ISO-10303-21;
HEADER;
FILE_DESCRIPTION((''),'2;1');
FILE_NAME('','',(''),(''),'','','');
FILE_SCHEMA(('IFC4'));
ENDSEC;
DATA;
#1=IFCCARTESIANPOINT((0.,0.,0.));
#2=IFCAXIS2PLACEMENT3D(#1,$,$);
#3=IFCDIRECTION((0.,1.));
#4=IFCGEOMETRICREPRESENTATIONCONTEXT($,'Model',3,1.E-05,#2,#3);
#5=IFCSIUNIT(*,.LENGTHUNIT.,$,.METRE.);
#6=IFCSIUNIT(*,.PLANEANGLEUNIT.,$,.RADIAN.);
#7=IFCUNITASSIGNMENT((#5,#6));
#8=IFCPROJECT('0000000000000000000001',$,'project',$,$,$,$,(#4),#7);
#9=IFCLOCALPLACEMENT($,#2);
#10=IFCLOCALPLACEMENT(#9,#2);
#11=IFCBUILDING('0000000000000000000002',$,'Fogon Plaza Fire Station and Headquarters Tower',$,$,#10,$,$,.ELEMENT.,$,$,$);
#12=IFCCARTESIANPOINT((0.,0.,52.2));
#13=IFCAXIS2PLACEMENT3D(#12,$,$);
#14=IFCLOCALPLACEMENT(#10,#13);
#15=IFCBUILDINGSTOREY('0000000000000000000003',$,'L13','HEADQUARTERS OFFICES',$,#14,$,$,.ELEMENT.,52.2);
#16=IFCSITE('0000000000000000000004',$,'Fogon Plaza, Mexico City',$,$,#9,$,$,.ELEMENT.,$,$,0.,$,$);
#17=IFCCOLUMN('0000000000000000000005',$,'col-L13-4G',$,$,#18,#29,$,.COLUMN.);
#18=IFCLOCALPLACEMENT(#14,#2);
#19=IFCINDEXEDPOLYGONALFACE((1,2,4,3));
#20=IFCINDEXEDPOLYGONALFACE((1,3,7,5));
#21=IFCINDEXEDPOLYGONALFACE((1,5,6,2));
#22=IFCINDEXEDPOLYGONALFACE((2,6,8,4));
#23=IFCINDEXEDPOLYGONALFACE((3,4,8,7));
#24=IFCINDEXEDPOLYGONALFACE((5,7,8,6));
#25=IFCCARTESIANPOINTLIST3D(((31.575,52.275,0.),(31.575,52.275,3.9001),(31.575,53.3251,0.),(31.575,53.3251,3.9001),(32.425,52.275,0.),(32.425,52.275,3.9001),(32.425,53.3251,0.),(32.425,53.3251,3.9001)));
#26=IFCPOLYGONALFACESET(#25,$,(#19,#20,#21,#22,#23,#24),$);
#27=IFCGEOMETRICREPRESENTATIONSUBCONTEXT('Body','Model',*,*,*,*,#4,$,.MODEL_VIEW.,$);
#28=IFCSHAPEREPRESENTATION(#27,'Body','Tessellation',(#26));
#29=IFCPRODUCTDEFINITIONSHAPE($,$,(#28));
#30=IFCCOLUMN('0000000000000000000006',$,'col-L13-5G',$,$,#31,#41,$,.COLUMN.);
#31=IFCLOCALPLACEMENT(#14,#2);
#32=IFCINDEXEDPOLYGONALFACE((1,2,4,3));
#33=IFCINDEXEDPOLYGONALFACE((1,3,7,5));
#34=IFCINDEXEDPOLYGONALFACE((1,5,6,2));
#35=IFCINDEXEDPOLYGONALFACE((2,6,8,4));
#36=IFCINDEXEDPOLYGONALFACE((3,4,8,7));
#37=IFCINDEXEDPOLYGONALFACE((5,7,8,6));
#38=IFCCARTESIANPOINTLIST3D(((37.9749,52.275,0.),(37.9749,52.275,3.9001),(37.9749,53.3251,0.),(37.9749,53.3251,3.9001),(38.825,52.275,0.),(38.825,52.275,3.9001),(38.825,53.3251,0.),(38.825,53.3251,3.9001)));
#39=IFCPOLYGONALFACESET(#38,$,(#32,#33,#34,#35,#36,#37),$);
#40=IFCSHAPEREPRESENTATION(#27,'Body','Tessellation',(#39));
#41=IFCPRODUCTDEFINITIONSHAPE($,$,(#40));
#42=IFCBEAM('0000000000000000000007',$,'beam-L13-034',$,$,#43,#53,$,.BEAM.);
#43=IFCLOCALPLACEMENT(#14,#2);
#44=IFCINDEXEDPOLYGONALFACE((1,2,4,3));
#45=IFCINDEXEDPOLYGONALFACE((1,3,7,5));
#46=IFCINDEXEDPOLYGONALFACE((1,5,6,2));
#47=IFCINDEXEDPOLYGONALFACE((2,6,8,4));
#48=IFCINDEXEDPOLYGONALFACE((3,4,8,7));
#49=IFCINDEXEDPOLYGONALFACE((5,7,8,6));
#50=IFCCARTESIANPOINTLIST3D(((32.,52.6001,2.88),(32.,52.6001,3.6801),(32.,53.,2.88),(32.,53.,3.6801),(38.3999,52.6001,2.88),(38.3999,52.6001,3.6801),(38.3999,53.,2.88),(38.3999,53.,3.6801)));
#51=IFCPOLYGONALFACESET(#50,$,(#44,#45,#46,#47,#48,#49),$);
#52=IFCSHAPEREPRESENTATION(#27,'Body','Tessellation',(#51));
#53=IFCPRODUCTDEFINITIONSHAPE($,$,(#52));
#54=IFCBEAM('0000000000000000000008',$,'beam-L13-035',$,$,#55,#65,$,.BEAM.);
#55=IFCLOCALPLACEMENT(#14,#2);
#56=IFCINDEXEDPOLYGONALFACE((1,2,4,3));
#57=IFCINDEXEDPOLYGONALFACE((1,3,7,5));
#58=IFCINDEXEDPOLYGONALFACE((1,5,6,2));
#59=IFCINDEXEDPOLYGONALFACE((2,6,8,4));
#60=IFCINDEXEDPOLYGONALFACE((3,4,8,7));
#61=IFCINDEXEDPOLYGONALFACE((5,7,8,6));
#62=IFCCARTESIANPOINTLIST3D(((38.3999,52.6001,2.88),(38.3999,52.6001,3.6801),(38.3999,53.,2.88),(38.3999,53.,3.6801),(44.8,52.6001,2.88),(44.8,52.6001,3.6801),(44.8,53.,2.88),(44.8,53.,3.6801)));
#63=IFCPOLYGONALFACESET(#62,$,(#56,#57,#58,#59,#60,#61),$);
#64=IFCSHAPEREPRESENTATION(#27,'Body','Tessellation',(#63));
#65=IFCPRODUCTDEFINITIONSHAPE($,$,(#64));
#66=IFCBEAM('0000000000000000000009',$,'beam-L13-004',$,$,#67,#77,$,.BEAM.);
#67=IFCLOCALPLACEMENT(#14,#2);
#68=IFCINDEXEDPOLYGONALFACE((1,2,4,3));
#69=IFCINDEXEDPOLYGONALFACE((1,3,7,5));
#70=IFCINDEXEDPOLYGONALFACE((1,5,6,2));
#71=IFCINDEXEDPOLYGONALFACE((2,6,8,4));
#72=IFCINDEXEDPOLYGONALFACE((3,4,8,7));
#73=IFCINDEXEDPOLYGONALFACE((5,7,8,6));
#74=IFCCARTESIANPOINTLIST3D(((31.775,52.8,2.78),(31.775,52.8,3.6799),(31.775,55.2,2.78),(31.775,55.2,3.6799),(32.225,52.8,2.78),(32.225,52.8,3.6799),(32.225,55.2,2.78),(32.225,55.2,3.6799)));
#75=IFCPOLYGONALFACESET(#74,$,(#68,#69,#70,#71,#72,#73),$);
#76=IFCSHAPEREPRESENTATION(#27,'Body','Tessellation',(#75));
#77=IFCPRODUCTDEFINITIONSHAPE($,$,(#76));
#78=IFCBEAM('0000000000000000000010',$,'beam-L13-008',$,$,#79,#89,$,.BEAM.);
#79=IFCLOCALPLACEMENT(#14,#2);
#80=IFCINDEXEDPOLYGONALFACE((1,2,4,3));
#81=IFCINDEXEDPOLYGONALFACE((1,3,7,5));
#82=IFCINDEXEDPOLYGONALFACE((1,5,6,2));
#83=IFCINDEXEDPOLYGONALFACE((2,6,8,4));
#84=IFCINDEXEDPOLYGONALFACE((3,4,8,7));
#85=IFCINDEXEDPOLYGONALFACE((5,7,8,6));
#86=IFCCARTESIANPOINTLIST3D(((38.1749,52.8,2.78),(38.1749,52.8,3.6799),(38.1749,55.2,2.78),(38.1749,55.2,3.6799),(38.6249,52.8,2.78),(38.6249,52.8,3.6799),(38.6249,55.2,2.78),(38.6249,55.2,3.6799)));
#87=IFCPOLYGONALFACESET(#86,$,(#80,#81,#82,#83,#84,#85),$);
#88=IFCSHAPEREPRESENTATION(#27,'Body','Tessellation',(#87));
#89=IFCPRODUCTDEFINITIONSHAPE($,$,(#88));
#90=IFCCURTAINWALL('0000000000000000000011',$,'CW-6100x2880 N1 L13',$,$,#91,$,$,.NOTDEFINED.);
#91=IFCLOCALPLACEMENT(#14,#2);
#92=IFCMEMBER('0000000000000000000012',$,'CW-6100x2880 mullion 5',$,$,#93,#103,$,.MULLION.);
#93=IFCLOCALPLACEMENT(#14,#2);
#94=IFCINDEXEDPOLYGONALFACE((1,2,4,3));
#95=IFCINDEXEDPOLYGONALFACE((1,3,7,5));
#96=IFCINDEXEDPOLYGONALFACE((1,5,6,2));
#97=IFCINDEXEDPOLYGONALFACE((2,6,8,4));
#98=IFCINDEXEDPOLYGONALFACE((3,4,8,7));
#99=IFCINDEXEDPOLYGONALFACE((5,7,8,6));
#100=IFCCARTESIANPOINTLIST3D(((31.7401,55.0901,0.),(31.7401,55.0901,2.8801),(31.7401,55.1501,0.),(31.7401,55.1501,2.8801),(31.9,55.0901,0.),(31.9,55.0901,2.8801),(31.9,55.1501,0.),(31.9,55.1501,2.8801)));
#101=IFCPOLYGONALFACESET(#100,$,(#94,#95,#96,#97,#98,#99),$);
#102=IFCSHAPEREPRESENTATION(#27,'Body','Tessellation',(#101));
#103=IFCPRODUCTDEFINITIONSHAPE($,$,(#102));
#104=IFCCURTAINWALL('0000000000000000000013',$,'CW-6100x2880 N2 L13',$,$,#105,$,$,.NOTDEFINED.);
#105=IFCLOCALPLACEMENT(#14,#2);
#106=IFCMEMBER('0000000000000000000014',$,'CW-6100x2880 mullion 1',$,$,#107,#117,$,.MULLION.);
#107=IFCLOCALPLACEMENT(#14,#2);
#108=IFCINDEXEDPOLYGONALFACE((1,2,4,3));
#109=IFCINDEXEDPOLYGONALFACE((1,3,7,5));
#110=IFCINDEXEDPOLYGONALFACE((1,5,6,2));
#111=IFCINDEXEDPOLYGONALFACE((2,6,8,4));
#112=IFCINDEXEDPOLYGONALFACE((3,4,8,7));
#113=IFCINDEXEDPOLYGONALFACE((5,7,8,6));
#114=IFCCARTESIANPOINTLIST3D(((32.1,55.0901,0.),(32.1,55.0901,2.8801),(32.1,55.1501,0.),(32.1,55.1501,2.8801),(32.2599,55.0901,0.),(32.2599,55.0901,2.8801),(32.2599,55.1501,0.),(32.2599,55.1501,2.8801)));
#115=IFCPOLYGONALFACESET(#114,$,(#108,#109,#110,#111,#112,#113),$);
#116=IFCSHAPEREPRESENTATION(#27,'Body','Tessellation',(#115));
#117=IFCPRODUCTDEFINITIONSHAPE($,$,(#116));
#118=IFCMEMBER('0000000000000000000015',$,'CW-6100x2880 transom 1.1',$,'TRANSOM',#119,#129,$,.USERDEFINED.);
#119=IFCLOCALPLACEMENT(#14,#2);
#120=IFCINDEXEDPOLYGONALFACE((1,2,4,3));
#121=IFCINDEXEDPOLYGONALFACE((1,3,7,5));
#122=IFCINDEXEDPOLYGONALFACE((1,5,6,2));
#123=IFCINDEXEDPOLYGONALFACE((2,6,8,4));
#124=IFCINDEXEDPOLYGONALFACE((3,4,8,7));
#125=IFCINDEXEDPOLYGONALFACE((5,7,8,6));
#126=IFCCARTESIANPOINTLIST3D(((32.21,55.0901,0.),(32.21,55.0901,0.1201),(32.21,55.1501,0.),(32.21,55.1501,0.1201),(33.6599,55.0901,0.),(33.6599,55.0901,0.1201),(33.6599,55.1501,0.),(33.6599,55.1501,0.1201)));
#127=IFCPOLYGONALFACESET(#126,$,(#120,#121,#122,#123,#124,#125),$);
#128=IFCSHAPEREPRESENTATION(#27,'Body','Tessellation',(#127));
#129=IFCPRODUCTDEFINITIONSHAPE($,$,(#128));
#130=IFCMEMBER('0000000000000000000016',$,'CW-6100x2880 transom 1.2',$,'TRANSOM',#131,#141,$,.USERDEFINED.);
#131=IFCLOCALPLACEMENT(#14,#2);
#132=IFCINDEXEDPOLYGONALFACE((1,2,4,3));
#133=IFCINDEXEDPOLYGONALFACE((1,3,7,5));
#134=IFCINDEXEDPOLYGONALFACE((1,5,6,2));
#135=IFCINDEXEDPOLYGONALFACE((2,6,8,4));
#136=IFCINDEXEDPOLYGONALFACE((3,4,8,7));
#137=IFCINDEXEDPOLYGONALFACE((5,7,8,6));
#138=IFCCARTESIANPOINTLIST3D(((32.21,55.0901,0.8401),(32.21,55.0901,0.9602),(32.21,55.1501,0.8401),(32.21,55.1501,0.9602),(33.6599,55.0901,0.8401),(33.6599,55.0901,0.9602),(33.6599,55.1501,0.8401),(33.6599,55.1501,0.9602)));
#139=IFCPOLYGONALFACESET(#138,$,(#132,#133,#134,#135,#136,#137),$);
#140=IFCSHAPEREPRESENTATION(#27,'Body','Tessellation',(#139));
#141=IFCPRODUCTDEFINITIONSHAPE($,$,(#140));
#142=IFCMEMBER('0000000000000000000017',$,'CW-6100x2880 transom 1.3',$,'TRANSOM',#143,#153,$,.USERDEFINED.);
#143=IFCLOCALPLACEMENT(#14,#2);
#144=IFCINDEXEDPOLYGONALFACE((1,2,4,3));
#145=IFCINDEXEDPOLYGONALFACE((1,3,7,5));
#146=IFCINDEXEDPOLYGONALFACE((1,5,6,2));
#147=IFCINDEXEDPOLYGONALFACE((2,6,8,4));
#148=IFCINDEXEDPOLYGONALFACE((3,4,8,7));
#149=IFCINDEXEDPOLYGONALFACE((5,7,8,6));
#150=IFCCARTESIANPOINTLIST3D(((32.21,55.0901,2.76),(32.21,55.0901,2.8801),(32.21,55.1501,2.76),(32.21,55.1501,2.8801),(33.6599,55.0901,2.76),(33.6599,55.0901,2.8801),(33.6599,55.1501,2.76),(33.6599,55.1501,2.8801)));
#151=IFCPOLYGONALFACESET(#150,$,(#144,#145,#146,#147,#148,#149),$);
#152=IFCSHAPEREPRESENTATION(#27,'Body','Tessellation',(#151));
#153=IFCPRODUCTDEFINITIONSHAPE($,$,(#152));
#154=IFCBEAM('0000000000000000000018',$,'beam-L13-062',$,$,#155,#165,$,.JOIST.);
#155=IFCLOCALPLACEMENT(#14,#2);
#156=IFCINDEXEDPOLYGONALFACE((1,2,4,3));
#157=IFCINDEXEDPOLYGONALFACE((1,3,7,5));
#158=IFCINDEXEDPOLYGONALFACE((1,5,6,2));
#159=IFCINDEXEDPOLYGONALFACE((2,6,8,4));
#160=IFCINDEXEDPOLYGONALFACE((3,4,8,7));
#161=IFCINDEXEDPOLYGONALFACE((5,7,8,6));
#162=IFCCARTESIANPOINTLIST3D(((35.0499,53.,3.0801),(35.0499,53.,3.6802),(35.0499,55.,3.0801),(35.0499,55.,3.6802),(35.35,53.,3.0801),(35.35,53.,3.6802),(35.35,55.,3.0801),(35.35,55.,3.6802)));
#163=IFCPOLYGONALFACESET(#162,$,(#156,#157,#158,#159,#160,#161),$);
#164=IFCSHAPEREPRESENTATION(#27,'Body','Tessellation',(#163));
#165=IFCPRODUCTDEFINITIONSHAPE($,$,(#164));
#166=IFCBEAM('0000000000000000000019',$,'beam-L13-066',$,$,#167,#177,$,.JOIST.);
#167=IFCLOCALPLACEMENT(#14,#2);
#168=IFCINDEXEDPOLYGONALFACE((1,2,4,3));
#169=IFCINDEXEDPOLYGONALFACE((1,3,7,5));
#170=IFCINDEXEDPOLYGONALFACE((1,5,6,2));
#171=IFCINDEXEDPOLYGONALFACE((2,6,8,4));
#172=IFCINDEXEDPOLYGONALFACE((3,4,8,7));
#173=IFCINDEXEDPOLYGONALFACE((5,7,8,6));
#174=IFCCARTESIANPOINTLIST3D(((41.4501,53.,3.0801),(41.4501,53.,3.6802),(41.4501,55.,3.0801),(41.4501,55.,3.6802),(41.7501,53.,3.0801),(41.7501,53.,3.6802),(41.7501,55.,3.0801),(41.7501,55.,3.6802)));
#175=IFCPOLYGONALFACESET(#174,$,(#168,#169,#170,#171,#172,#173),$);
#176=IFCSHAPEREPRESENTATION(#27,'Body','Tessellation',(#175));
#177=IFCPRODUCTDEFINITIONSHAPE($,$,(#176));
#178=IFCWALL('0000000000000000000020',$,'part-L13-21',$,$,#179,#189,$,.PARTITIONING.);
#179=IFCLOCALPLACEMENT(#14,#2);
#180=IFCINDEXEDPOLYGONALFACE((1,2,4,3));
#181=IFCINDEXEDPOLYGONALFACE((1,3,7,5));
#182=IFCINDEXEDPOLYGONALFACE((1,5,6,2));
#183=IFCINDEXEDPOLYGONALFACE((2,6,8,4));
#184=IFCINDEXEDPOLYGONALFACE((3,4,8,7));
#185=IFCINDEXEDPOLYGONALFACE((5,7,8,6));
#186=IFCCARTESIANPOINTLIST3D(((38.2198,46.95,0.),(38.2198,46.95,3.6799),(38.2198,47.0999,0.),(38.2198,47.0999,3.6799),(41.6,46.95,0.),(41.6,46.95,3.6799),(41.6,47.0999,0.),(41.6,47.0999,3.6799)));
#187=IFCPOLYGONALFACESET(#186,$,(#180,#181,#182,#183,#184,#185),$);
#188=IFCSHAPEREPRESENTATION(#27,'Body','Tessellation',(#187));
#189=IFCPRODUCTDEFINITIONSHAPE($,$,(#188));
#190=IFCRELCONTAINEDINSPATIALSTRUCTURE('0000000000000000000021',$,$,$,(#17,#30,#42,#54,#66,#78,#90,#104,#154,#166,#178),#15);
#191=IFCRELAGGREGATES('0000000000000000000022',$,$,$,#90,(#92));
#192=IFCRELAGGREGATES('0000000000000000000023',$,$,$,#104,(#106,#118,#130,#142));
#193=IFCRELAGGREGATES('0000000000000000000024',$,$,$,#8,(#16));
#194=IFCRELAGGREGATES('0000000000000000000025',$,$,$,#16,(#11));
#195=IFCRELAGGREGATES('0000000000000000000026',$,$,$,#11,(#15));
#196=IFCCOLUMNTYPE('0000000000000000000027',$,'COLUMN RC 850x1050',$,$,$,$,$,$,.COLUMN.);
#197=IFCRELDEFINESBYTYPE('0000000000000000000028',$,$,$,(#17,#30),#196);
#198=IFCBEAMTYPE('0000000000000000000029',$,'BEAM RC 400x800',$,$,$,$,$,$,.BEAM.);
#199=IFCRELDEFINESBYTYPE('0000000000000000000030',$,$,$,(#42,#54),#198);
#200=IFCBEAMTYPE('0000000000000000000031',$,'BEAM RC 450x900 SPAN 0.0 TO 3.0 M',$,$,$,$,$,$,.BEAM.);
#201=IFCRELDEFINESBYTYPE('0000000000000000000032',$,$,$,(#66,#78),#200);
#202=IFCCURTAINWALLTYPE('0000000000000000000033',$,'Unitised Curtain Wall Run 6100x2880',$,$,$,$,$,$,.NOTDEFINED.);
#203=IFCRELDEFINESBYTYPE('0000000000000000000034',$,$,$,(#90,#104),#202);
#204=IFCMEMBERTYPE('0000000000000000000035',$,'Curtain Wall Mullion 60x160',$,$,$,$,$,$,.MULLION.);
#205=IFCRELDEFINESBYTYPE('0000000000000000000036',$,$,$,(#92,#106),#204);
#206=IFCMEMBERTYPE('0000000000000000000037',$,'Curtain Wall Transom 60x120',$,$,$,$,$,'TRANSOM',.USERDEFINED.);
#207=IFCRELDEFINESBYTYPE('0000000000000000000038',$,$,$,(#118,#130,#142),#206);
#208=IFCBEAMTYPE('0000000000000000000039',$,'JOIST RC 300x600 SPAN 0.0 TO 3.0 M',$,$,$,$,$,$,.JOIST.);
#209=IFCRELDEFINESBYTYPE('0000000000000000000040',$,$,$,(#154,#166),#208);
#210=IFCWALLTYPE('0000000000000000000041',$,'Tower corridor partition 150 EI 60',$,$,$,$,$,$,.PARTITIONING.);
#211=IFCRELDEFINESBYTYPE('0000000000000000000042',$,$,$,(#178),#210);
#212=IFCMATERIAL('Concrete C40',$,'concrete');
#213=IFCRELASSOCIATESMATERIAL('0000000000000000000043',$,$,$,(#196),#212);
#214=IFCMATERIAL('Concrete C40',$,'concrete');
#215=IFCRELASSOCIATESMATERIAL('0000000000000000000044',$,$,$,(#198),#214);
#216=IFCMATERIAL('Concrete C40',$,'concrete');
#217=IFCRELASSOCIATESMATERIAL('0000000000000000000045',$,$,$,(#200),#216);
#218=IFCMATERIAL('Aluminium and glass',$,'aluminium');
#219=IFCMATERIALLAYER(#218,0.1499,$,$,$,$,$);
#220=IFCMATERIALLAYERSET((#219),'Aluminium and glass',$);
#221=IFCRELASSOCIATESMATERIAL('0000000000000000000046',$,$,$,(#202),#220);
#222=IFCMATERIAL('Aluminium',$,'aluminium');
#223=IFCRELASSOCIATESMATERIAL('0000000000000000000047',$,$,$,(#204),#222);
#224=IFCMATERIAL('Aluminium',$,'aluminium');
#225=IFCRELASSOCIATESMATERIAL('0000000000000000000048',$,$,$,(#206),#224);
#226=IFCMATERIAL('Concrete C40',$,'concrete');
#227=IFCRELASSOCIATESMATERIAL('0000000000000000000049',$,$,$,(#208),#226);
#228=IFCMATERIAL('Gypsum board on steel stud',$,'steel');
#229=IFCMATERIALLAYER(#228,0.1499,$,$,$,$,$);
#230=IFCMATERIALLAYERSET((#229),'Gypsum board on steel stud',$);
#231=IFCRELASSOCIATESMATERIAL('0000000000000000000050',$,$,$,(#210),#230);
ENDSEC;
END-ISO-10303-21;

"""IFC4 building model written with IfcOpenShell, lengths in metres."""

from ifc_helpers import new_model, si_unit, direction, frame, frame_2d, origin, origin_2d, place, context, subcontext, project, spatial, rectangle, extrude, material, layer, layer_set, material_profile, profile_set, type_object, element, aggregate, save


model = new_model("IFC4")

# Units and contexts
model_context = context("Model", 3, precision=1e-05, world=origin(), true_north=direction((0.0, 1.0)))
body_context = subcontext(model_context, "Body", "Model", "MODEL_VIEW")
ifc_project = project(units=[si_unit("LENGTHUNIT", "METRE"), si_unit("PLANEANGLEUNIT", "RADIAN")], contexts=[model_context])

# Site, building, storey
site_placement = place(None, origin())
site = spatial("IfcSite", under=ifc_project, at=site_placement, Name="Fogon Plaza, Mexico City", CompositionType="ELEMENT", RefElevation=0.0)
building_placement = place(site_placement, origin())
building = spatial("IfcBuilding", under=site, at=building_placement, Name="Fogon Plaza Fire Station and Headquarters Tower", CompositionType="ELEMENT")
storey_placement = place(building_placement, frame((0.0, 0.0, 52.2)))
storey = spatial("IfcBuildingStorey", under=building, at=storey_placement, Name="L13", Description="HEADQUARTERS OFFICES", CompositionType="ELEMENT", Elevation=52.2)

# Columns
ifc_material_1 = material(Name="Concrete C40", Category="concrete")
ifc_material_profile_1 = material_profile(ifc_material_1, rectangle(XDim=0.8501, YDim=1.05, at=origin_2d()), Name="RC 850x1050")
ifc_profile_set_1 = profile_set([ifc_material_profile_1], Name="Concrete C40")
column_type = type_object("IfcColumnType", Name="COLUMN RC 850x1050", PredefinedType="COLUMN", material=ifc_profile_set_1)
for number, where, z_axis, x_axis, name in (
    (1, (32.0, 52.8, 0.0), (0.0, 0.0, 1.0), (1.0, 0.0, 0.0), "col-L13-4G"),
    (2, (38.3999, 52.8, 0.0), (0.0, 0.0, 1.0), (1.0, 0.0, 0.0), "col-L13-5G"),
):
    element("IfcColumn", number, at=place(storey_placement, frame(where, z_axis=z_axis, x_axis=x_axis)), inside=storey, type_object=column_type, Name=name, PredefinedType="COLUMN", context=body_context, shape_type="SweptSolid", body=[
        extrude(rectangle(XDim=0.8501, YDim=1.05, at=origin_2d()), origin(), (0.0, 0.0, 1.0), 3.9001),
    ])

# Beams
ifc_material_2 = material(Name="Concrete C40", Category="concrete")
ifc_material_profile_2 = material_profile(ifc_material_2, rectangle(XDim=0.3999, YDim=0.8, at=origin_2d()), Name="RC 400x800")
ifc_profile_set_2 = profile_set([ifc_material_profile_2], Name="Concrete C40")
beam_type_1 = type_object("IfcBeamType", Name="BEAM RC 400x800", PredefinedType="BEAM", material=ifc_profile_set_2)
beam_1_placement = place(storey_placement, frame((32.0, 52.8, 3.28), z_axis=(1.0, 0.0, 0.0), x_axis=(0.0, 1.0, 0.0)))
element("IfcBeam", 3, at=beam_1_placement, inside=storey, type_object=beam_type_1, Name="beam-L13-034", PredefinedType="BEAM", context=body_context, shape_type="SweptSolid", body=[
    extrude(rectangle(XDim=0.3999, YDim=0.8, at=origin_2d()), origin(), (0.0, 0.0, 1.0), 6.3999),
])
beam_2_placement = place(storey_placement, frame((38.3999, 52.8, 3.28), z_axis=(1.0, 0.0, 0.0), x_axis=(0.0, 1.0, 0.0)))
element("IfcBeam", 4, at=beam_2_placement, inside=storey, type_object=beam_type_1, Name="beam-L13-035", PredefinedType="BEAM", context=body_context, shape_type="SweptSolid", body=[
    extrude(rectangle(XDim=0.3999, YDim=0.8, at=origin_2d()), origin(), (0.0, 0.0, 1.0), 6.4001),
])
ifc_material_3 = material(Name="Concrete C40", Category="concrete")
ifc_material_profile_3 = material_profile(ifc_material_3, rectangle(XDim=0.45, YDim=0.8999, at=origin_2d()), Name="RC 450x900")
ifc_profile_set_3 = profile_set([ifc_material_profile_3], Name="Concrete C40")
beam_type_2 = type_object("IfcBeamType", Name="BEAM RC 450x900 SPAN 0.0 TO 3.0 M", PredefinedType="BEAM", material=ifc_profile_set_3)
for number, where, z_axis, x_axis, name in (
    (5, (32.0, 52.8, 3.23), (0.0, 1.0, 0.0), (-1.0, 0.0, 0.0), "beam-L13-004"),
    (6, (38.3999, 52.8, 3.23), (0.0, 1.0, 0.0), (-1.0, 0.0, 0.0), "beam-L13-008"),
):
    element("IfcBeam", number, at=place(storey_placement, frame(where, z_axis=z_axis, x_axis=x_axis)), inside=storey, type_object=beam_type_2, Name=name, PredefinedType="BEAM", context=body_context, shape_type="SweptSolid", body=[
        extrude(rectangle(XDim=0.45, YDim=0.8999, at=origin_2d()), origin(), (0.0, 0.0, 1.0), 2.3999),
    ])

# Curtain wall, member
ifc_material_4 = material(Name="Aluminium and glass", Category="aluminium")
ifc_layer_1 = layer(ifc_material_4, 0.1499)
ifc_layer_set_1 = layer_set([ifc_layer_1], Name="Aluminium and glass")
curtain_wall_type = type_object("IfcCurtainWallType", Name="Unitised Curtain Wall Run 6100x2880", PredefinedType="NOTDEFINED", material=ifc_layer_set_1)
curtain_wall_1_placement = place(storey_placement, origin())
curtain_wall_1 = element("IfcCurtainWall", 7, at=curtain_wall_1_placement, inside=storey, type_object=curtain_wall_type, Name="CW-6100x2880 N1 L13", PredefinedType="NOTDEFINED")
ifc_material_5 = material(Name="Aluminium", Category="aluminium")
ifc_material_profile_4 = material_profile(ifc_material_5, rectangle(XDim=0.0601, YDim=0.1599, at=origin_2d()), Name="Curtain Wall Mullion 60x160")
ifc_profile_set_4 = profile_set([ifc_material_profile_4], Name="Aluminium")
member_type_1 = type_object("IfcMemberType", Name="Curtain Wall Mullion 60x160", PredefinedType="MULLION", material=ifc_profile_set_4)
member_1_placement = place(storey_placement, frame((31.8201, 55.1201, 0.0), z_axis=(0.0, 0.0, 1.0), x_axis=(0.0, 1.0, 0.0)))
member_1 = element("IfcMember", 8, at=member_1_placement, type_object=member_type_1, Name="CW-6100x2880 mullion 5", PredefinedType="MULLION", context=body_context, shape_type="SweptSolid", body=[
    extrude(rectangle(XDim=0.0601, YDim=0.1599, at=origin_2d()), origin(), (0.0, 0.0, 1.0), 2.8801),
])
aggregate(curtain_wall_1, [member_1])

# Curtain wall, members
curtain_wall_2_placement = place(storey_placement, origin())
curtain_wall_2 = element("IfcCurtainWall", 9, at=curtain_wall_2_placement, inside=storey, type_object=curtain_wall_type, Name="CW-6100x2880 N2 L13", PredefinedType="NOTDEFINED")
member_2_placement = place(storey_placement, frame((32.1799, 55.1201, 0.0), z_axis=(0.0, 0.0, 1.0), x_axis=(0.0, 1.0, 0.0)))
member_2 = element("IfcMember", 10, at=member_2_placement, type_object=member_type_1, Name="CW-6100x2880 mullion 1", PredefinedType="MULLION", context=body_context, shape_type="SweptSolid", body=[
    extrude(rectangle(XDim=0.0601, YDim=0.1599, at=origin_2d()), origin(), (0.0, 0.0, 1.0), 2.8801),
])
ifc_material_6 = material(Name="Aluminium", Category="aluminium")
ifc_material_profile_5 = material_profile(ifc_material_6, rectangle(XDim=0.0601, YDim=0.1201, at=origin_2d()), Name="Curtain Wall Transom 60x120")
ifc_profile_set_5 = profile_set([ifc_material_profile_5], Name="Aluminium")
member_type_2 = type_object("IfcMemberType", Name="Curtain Wall Transom 60x120", ElementType="TRANSOM", PredefinedType="USERDEFINED", material=ifc_profile_set_5)
member_3_placement = place(storey_placement, frame((32.21, 55.1201, 0.0601), z_axis=(1.0, 0.0, 0.0), x_axis=(0.0, 1.0, 0.0)))
member_3 = element("IfcMember", 11, at=member_3_placement, type_object=member_type_2, Name="CW-6100x2880 transom 1.1", ObjectType="TRANSOM", PredefinedType="USERDEFINED", context=body_context, shape_type="SweptSolid", body=[
    extrude(rectangle(XDim=0.0601, YDim=0.1201, at=origin_2d()), origin(), (0.0, 0.0, 1.0), 1.45),
])
member_4_placement = place(storey_placement, frame((32.21, 55.1201, 0.9001), z_axis=(1.0, 0.0, 0.0), x_axis=(0.0, 1.0, 0.0)))
member_4 = element("IfcMember", 12, at=member_4_placement, type_object=member_type_2, Name="CW-6100x2880 transom 1.2", ObjectType="TRANSOM", PredefinedType="USERDEFINED", context=body_context, shape_type="SweptSolid", body=[
    extrude(rectangle(XDim=0.0601, YDim=0.1201, at=origin_2d()), origin(), (0.0, 0.0, 1.0), 1.45),
])
member_5_placement = place(storey_placement, frame((32.21, 55.1201, 2.8201), z_axis=(1.0, 0.0, 0.0), x_axis=(0.0, 1.0, 0.0)))
member_5 = element("IfcMember", 13, at=member_5_placement, type_object=member_type_2, Name="CW-6100x2880 transom 1.3", ObjectType="TRANSOM", PredefinedType="USERDEFINED", context=body_context, shape_type="SweptSolid", body=[
    extrude(rectangle(XDim=0.0601, YDim=0.1201, at=origin_2d()), origin(), (0.0, 0.0, 1.0), 1.45),
])
aggregate(curtain_wall_2, [member_2, member_3, member_4, member_5])

# Beams
ifc_material_7 = material(Name="Concrete C40", Category="concrete")
ifc_material_profile_6 = material_profile(ifc_material_7, rectangle(XDim=0.3, YDim=0.6001, at=origin_2d()), Name="RC 300x600")
ifc_profile_set_6 = profile_set([ifc_material_profile_6], Name="Concrete C40")
beam_type_3 = type_object("IfcBeamType", Name="JOIST RC 300x600 SPAN 0.0 TO 3.0 M", PredefinedType="JOIST", material=ifc_profile_set_6)
for number, where, z_axis, x_axis, name in (
    (14, (35.2, 53.0, 3.3801), (0.0, 1.0, 0.0), (-1.0, 0.0, 0.0), "beam-L13-062"),
    (15, (41.6001, 53.0, 3.3801), (0.0, 1.0, 0.0), (-1.0, 0.0, 0.0), "beam-L13-066"),
):
    element("IfcBeam", number, at=place(storey_placement, frame(where, z_axis=z_axis, x_axis=x_axis)), inside=storey, type_object=beam_type_3, Name=name, PredefinedType="JOIST", context=body_context, shape_type="SweptSolid", body=[
        extrude(rectangle(XDim=0.3, YDim=0.6001, at=origin_2d()), origin(), (0.0, 0.0, 1.0), 2.0),
    ])

# Wall
ifc_material_8 = material(Name="Gypsum board on steel stud", Category="steel")
ifc_layer_2 = layer(ifc_material_8, 0.1499)
ifc_layer_set_2 = layer_set([ifc_layer_2], Name="Gypsum board on steel stud")
wall_type_1 = type_object("IfcWallType", Name="Tower corridor partition 150 EI 60", PredefinedType="PARTITIONING", material=ifc_layer_set_2)
wall_1_placement = place(storey_placement, frame((38.22, 47.0249, 0.0), z_axis=(0.0, 0.0, 1.0), x_axis=(1.0, 0.0, 0.0)))
element("IfcWall", 16, at=wall_1_placement, inside=storey, type_object=wall_type_1, Name="part-L13-21", PredefinedType="PARTITIONING", context=body_context, shape_type="SweptSolid", body=[
    extrude(rectangle(XDim=3.3801, YDim=0.1499, at=frame_2d((1.6899, 0.0))), origin(), (0.0, 0.0, 1.0), 3.6799),
])

save(model, "model.ifc")
